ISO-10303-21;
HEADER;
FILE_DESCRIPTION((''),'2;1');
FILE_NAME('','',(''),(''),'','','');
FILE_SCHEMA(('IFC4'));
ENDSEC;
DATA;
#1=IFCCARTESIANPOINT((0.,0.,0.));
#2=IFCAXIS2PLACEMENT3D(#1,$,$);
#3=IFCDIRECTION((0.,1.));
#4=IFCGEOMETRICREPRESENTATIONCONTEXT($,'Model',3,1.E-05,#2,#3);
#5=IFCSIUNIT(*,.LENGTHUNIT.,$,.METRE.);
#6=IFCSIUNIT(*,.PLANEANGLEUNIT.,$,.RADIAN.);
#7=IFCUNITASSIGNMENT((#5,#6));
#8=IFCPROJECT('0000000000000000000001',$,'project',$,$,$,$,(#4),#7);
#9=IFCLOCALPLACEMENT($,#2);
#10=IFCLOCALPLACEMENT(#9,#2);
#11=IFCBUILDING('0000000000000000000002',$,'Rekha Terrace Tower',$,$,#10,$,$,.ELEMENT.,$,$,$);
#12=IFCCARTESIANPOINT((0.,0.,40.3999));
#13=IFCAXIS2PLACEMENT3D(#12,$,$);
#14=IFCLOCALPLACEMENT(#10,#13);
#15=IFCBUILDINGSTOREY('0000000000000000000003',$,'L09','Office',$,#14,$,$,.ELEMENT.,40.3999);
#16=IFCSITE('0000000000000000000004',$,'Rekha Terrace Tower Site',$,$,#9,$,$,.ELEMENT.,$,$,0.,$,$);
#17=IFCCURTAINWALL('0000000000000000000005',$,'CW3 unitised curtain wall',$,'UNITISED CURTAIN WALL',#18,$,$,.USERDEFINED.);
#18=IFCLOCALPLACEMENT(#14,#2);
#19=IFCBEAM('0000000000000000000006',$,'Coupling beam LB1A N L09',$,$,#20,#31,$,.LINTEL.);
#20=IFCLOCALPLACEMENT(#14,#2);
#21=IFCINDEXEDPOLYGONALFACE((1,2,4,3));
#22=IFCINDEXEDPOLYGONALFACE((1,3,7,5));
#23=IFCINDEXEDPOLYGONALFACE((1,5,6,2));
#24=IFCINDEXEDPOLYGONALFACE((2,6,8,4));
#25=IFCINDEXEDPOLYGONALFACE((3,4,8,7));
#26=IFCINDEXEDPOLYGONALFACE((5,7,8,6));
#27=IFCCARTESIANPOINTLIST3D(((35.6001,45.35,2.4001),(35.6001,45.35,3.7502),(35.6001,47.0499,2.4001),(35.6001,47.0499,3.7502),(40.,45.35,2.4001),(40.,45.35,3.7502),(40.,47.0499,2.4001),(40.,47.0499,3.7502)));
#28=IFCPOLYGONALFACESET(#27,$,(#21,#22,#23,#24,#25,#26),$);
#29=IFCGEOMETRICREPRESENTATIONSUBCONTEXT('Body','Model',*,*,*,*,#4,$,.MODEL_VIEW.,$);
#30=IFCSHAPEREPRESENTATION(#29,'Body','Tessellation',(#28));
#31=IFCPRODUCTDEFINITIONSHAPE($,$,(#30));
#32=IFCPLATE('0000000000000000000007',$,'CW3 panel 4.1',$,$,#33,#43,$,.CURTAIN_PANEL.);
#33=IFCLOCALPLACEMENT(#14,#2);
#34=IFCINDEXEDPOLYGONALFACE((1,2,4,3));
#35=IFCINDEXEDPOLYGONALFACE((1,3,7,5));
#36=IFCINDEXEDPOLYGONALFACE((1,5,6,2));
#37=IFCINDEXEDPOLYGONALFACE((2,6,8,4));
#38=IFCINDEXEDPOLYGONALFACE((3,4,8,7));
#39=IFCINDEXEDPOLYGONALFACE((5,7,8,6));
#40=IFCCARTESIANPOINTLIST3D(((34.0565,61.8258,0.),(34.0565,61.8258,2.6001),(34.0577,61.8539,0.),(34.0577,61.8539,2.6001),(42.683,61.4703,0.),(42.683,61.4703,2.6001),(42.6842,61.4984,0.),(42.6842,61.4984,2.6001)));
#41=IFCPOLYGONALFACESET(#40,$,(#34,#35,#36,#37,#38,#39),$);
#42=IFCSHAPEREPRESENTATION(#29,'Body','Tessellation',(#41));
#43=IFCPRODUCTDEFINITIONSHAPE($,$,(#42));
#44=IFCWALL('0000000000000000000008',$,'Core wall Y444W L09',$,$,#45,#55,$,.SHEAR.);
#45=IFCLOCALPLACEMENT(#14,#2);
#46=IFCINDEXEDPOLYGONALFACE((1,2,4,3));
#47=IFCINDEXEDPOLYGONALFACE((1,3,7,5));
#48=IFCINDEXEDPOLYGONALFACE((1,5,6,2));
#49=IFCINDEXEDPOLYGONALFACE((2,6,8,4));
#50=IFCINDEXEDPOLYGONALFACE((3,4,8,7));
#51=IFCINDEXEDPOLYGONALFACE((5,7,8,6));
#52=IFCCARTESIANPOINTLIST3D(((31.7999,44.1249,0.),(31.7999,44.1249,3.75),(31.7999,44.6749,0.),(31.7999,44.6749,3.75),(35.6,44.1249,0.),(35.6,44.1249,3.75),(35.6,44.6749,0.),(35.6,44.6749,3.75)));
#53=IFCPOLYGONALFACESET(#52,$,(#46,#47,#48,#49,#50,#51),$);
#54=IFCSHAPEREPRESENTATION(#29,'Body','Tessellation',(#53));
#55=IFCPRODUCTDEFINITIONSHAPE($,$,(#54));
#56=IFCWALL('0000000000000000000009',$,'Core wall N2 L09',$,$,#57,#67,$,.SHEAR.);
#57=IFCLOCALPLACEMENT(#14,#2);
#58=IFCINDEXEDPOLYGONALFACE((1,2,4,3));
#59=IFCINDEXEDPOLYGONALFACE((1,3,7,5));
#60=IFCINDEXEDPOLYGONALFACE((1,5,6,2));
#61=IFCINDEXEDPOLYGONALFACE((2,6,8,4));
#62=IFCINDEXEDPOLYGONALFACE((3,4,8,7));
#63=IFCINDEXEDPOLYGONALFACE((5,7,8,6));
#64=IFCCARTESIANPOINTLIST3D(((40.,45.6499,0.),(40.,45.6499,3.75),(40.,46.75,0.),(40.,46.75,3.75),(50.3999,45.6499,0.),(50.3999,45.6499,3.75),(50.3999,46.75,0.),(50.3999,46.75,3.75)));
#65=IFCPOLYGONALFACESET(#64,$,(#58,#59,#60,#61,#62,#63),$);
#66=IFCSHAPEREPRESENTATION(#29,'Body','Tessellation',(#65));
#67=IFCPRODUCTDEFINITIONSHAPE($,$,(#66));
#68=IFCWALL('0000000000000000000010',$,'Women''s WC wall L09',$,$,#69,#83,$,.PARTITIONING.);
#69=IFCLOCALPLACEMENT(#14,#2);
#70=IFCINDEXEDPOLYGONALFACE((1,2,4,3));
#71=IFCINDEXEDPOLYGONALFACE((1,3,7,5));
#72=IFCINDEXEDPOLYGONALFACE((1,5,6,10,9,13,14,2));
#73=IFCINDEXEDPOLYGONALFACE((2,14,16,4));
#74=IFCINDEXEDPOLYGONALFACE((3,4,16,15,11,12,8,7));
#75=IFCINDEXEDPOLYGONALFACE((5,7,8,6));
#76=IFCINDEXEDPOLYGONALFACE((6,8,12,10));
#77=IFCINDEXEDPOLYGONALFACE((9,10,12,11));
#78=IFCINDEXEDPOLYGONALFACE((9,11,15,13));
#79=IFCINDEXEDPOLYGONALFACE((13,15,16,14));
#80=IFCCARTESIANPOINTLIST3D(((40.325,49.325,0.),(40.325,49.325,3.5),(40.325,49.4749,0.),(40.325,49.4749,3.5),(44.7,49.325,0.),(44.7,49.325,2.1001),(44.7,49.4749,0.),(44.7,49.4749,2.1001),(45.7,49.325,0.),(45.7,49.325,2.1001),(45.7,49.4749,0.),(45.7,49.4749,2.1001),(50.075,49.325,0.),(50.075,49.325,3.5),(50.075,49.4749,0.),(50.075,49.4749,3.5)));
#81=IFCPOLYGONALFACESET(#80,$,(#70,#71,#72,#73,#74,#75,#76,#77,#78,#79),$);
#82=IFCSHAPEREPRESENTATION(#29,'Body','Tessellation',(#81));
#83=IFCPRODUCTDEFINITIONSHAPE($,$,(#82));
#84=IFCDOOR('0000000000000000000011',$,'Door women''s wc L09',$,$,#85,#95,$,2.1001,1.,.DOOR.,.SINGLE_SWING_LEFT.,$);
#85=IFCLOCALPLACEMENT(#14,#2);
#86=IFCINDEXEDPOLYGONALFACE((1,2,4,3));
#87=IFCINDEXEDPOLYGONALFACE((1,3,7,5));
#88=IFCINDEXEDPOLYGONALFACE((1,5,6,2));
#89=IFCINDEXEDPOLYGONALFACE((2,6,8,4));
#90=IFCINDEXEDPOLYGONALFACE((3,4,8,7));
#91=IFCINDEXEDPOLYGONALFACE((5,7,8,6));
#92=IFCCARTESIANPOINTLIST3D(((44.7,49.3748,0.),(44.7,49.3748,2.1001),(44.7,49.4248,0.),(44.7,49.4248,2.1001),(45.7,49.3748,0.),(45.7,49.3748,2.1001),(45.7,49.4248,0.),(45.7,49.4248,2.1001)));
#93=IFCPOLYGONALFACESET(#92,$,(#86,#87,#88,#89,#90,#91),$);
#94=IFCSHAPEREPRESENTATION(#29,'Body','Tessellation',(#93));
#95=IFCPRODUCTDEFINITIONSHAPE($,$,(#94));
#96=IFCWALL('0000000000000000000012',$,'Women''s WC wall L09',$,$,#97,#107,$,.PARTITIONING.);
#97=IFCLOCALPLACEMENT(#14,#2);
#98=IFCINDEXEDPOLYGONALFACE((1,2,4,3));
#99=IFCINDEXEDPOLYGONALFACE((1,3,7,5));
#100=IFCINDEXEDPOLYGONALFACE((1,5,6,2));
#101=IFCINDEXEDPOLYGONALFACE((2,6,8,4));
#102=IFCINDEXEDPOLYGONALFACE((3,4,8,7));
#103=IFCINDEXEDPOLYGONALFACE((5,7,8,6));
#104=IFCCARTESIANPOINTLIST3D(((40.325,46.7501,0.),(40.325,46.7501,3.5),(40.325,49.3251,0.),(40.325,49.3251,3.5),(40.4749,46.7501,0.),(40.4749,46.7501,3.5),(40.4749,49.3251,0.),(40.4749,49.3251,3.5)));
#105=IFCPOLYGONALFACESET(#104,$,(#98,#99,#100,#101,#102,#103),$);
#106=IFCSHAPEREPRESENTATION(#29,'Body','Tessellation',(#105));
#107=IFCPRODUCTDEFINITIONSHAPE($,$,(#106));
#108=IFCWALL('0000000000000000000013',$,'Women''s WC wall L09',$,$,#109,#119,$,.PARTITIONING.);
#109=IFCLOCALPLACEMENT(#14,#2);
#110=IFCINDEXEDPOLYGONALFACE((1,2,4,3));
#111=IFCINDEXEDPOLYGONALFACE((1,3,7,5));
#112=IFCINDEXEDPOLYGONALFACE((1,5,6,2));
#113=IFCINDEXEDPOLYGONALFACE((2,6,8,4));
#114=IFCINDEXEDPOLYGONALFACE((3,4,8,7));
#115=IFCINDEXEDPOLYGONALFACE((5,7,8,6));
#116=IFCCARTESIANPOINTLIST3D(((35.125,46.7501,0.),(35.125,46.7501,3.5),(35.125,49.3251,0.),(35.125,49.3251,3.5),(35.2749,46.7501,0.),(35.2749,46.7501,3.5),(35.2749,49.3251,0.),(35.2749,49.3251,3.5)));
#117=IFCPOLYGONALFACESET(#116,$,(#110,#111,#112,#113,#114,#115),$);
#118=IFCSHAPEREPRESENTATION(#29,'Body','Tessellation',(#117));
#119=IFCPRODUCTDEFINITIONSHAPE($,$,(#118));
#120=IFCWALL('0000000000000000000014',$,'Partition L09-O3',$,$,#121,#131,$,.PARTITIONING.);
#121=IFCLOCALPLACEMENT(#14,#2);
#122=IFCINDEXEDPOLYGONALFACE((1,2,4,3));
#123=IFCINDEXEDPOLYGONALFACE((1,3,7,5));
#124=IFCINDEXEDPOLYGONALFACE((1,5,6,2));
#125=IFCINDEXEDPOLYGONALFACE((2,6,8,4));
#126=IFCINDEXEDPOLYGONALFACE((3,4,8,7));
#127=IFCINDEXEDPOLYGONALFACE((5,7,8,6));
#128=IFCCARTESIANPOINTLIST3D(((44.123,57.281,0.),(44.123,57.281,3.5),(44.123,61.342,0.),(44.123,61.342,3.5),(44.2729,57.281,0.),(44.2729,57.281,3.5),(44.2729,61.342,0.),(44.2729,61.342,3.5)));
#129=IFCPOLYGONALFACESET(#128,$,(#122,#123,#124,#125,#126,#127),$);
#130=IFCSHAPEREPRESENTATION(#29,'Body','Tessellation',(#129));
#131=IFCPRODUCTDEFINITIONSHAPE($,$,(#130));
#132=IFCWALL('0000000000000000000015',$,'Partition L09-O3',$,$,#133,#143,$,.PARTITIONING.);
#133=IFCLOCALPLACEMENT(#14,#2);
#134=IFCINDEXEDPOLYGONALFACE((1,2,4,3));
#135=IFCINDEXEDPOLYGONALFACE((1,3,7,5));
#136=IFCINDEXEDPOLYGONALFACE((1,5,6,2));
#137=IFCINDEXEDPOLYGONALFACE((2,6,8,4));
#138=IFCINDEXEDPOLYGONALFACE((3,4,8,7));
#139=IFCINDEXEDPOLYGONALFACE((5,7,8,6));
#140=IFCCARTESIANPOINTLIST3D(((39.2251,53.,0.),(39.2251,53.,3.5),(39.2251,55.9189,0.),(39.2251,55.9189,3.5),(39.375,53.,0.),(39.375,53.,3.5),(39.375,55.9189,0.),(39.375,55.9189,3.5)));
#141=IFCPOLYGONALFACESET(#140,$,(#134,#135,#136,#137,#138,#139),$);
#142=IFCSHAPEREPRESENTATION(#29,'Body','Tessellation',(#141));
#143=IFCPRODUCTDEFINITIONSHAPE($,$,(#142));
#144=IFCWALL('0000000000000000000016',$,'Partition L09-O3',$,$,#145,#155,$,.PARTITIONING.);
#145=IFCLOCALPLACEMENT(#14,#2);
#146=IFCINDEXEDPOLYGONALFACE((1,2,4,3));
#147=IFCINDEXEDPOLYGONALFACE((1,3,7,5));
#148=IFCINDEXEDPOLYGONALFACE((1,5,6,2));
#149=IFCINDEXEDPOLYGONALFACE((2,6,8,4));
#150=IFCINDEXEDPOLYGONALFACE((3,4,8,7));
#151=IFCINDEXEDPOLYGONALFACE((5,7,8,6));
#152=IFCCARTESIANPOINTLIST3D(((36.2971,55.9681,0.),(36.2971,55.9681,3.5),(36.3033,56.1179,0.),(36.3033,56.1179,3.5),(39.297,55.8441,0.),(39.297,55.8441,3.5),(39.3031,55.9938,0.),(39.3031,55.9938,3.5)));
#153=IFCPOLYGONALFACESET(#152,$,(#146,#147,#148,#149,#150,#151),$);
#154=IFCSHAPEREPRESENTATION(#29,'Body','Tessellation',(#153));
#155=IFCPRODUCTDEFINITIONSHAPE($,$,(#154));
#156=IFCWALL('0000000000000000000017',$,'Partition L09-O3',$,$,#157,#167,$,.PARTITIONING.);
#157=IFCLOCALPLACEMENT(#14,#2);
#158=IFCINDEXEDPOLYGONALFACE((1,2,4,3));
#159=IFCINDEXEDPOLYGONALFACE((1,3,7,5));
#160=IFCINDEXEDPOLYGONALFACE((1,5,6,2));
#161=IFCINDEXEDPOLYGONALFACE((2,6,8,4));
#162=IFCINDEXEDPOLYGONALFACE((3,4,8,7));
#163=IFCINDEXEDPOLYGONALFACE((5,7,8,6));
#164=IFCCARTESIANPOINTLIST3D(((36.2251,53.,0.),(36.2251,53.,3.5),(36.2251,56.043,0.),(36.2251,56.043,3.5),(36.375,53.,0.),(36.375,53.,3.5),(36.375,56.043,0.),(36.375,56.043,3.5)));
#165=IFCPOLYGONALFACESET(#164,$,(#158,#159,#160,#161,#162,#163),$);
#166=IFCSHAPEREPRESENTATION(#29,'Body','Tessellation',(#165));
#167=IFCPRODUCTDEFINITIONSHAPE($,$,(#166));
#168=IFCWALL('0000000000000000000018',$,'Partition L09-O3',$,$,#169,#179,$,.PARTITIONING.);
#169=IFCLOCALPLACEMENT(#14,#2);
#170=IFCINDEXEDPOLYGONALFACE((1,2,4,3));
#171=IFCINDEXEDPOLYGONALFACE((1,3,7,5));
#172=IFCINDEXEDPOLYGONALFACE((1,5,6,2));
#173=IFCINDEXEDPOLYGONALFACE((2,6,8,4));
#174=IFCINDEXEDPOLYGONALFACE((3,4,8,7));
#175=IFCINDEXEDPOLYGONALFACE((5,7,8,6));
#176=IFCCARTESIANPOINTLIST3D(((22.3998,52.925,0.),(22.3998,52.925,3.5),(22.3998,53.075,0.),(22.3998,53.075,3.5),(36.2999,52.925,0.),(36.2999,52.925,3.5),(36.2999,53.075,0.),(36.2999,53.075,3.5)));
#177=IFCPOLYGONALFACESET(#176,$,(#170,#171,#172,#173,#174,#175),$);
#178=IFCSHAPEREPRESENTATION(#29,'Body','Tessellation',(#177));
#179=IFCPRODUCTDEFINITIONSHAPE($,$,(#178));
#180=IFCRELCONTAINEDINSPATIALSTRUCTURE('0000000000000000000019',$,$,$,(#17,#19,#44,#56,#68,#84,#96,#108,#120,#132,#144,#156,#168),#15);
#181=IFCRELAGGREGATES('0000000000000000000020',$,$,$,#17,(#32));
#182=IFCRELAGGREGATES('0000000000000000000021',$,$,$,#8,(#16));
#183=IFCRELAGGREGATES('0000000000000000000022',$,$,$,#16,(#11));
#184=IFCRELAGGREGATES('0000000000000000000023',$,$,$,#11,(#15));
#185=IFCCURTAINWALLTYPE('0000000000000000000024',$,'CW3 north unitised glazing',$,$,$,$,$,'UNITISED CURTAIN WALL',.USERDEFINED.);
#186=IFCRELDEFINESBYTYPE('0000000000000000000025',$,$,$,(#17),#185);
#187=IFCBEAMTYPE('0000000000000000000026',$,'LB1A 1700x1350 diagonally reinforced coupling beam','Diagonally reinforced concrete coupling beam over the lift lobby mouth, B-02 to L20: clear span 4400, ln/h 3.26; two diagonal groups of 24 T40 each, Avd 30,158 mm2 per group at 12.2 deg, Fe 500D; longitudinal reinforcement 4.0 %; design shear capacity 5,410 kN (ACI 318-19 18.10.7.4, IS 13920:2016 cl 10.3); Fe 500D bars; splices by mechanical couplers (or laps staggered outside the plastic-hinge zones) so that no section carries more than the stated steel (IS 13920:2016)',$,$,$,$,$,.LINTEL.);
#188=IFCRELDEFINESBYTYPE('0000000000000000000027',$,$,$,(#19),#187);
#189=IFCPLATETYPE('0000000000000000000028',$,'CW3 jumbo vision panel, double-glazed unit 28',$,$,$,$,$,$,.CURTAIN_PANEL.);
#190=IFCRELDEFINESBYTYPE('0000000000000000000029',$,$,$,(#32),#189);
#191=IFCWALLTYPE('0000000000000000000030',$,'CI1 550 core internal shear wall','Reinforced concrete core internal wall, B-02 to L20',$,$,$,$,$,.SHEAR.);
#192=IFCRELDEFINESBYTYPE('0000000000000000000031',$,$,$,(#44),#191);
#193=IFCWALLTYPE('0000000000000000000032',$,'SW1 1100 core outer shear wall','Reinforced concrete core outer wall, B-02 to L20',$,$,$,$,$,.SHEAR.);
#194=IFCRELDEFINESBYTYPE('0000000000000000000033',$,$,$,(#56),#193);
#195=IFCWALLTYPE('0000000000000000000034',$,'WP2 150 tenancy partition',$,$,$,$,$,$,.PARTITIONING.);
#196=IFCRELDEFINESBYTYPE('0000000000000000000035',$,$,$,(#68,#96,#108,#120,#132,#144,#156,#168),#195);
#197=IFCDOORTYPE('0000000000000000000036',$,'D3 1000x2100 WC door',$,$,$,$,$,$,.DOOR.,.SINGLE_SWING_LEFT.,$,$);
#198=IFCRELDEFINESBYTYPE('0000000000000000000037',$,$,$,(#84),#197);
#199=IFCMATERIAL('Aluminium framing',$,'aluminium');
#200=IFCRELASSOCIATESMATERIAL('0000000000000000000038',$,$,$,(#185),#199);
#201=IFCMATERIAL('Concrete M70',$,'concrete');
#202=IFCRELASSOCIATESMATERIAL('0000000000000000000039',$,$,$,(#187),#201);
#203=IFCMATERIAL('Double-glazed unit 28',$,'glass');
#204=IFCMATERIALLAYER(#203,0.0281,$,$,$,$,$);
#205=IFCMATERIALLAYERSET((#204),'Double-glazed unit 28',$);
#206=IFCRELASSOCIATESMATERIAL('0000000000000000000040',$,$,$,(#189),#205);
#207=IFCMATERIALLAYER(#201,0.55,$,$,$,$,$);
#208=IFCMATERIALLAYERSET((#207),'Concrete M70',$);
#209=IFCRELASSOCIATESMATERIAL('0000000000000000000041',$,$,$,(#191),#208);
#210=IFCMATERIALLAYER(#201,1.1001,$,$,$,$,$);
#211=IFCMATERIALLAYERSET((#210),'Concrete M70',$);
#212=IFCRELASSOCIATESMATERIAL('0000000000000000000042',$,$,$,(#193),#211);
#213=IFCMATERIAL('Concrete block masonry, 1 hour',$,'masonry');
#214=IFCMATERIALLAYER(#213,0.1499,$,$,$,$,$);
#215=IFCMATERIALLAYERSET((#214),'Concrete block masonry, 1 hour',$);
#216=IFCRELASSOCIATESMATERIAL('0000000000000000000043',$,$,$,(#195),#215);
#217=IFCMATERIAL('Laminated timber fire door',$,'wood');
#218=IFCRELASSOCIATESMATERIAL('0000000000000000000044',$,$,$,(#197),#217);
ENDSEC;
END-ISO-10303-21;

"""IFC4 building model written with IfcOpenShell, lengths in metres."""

from ifc_helpers import new_model, si_unit, direction, frame, frame_2d, origin, origin_2d, place, context, subcontext, project, spatial, rectangle, extrude, material, layer, layer_set, material_profile, profile_set, type_object, element, fill, aggregate, save


model = new_model("IFC4")

# Units and contexts
model_context = context("Model", 3, precision=1e-05, world=origin(), true_north=direction((0.0, 1.0)))
body_context = subcontext(model_context, "Body", "Model", "MODEL_VIEW")
ifc_project = project(units=[si_unit("LENGTHUNIT", "METRE"), si_unit("PLANEANGLEUNIT", "RADIAN")], contexts=[model_context])

# Site, building, storey
site_placement = place(None, origin())
site = spatial("IfcSite", under=ifc_project, at=site_placement, Name="Rekha Terrace Tower Site", CompositionType="ELEMENT", RefElevation=0.0)
building_placement = place(site_placement, origin())
building = spatial("IfcBuilding", under=site, at=building_placement, Name="Rekha Terrace Tower", CompositionType="ELEMENT")
storey_placement = place(building_placement, frame((0.0, 0.0, 40.3999)))
storey = spatial("IfcBuildingStorey", under=building, at=storey_placement, Name="L09", Description="Office", CompositionType="ELEMENT", Elevation=40.3999)

# Shared definitions
ifc_material_1 = material(Name="Concrete M70", Category="concrete")

# Curtain wall
ifc_material_2 = material(Name="Aluminium framing", Category="aluminium")
curtain_wall_type = type_object("IfcCurtainWallType", Name="CW3 north unitised glazing", ElementType="UNITISED CURTAIN WALL", PredefinedType="USERDEFINED", material=ifc_material_2)
curtain_wall_placement = place(storey_placement, origin())
curtain_wall = element("IfcCurtainWall", 1, at=curtain_wall_placement, inside=storey, type_object=curtain_wall_type, Name="CW3 unitised curtain wall", ObjectType="UNITISED CURTAIN WALL", PredefinedType="USERDEFINED")

# Beam
ifc_material_profile_1 = material_profile(ifc_material_1, rectangle(XDim=1.7, YDim=1.3501, at=origin_2d()), Name="RC 1700x1350")
ifc_profile_set_1 = profile_set([ifc_material_profile_1], Name="Concrete M70")
beam_type = type_object("IfcBeamType", Name="LB1A 1700x1350 diagonally reinforced coupling beam", Description="Diagonally reinforced concrete coupling beam over the lift lobby mouth, B-02 to L20: clear span 4400, ln/h 3.26; two diagonal groups of 24 T40 each, Avd 30,158 mm2 per group at 12.2 deg, Fe 500D; longitudinal reinforcement 4.0 %; design shear capacity 5,410 kN (ACI 318-19 18.10.7.4, IS 13920:2016 cl 10.3); Fe 500D bars; splices by mechanical couplers (or laps staggered outside the plastic-hinge zones) so that no section carries more than the stated steel (IS 13920:2016)", PredefinedType="LINTEL", material=ifc_profile_set_1)
beam_placement = place(storey_placement, frame((35.6001, 46.2, 3.0752), z_axis=(1.0, 0.0, 0.0), x_axis=(0.0, 1.0, 0.0)))
element("IfcBeam", 2, at=beam_placement, inside=storey, type_object=beam_type, Name="Coupling beam LB1A N L09", PredefinedType="LINTEL", context=body_context, shape_type="SweptSolid", body=[
    extrude(rectangle(XDim=1.7, YDim=1.3501, at=origin_2d()), origin(), (0.0, 0.0, 1.0), 4.3999),
])

# Plate
ifc_material_3 = material(Name="Double-glazed unit 28", Category="glass")
ifc_layer_1 = layer(ifc_material_3, 0.0281)
ifc_layer_set_1 = layer_set([ifc_layer_1], Name="Double-glazed unit 28")
plate_type = type_object("IfcPlateType", Name="CW3 jumbo vision panel, double-glazed unit 28", PredefinedType="CURTAIN_PANEL", material=ifc_layer_set_1)
plate_placement = place(storey_placement, frame((38.3704, 61.6621, 0.0), z_axis=(0.0, 0.0, 1.0), x_axis=(-0.999152, 0.041174, 0.0)))
plate = element("IfcPlate", 3, at=plate_placement, type_object=plate_type, Name="CW3 panel 4.1", PredefinedType="CURTAIN_PANEL", context=body_context, shape_type="SweptSolid", body=[
    extrude(rectangle(XDim=8.6338, YDim=0.0281, at=origin_2d()), origin(), (0.0, 0.0, 1.0), 2.6001),
])
aggregate(curtain_wall, [plate])

# Walls
ifc_layer_2 = layer(ifc_material_1, 0.55)
ifc_layer_set_2 = layer_set([ifc_layer_2], Name="Concrete M70")
wall_type_1 = type_object("IfcWallType", Name="CI1 550 core internal shear wall", Description="Reinforced concrete core internal wall, B-02 to L20", PredefinedType="SHEAR", material=ifc_layer_set_2)
wall_1_placement = place(storey_placement, frame((31.8, 44.3999, 0.0), z_axis=(0.0, 0.0, 1.0), x_axis=(1.0, 0.0, 0.0)))
element("IfcWall", 4, at=wall_1_placement, inside=storey, type_object=wall_type_1, Name="Core wall Y444W L09", PredefinedType="SHEAR", context=body_context, shape_type="SweptSolid", body=[
    extrude(rectangle(XDim=3.8, YDim=0.55, at=frame_2d((1.8999, 0.0))), origin(), (0.0, 0.0, 1.0), 3.75),
])
ifc_layer_3 = layer(ifc_material_1, 1.1001)
ifc_layer_set_3 = layer_set([ifc_layer_3], Name="Concrete M70")
wall_type_2 = type_object("IfcWallType", Name="SW1 1100 core outer shear wall", Description="Reinforced concrete core outer wall, B-02 to L20", PredefinedType="SHEAR", material=ifc_layer_set_3)
wall_2_placement = place(storey_placement, frame((40.0, 46.2, 0.0), z_axis=(0.0, 0.0, 1.0), x_axis=(1.0, 0.0, 0.0)))
element("IfcWall", 5, at=wall_2_placement, inside=storey, type_object=wall_type_2, Name="Core wall N2 L09", PredefinedType="SHEAR", context=body_context, shape_type="SweptSolid", body=[
    extrude(rectangle(XDim=10.3999, YDim=1.1001, at=frame_2d((5.2, 0.0))), origin(), (0.0, 0.0, 1.0), 3.75),
])

# Wall, opening, door
ifc_material_4 = material(Name="Concrete block masonry, 1 hour", Category="masonry")
ifc_layer_4 = layer(ifc_material_4, 0.1499)
ifc_layer_set_4 = layer_set([ifc_layer_4], Name="Concrete block masonry, 1 hour")
wall_type_3 = type_object("IfcWallType", Name="WP2 150 tenancy partition", PredefinedType="PARTITIONING", material=ifc_layer_set_4)
wall_3_placement = place(storey_placement, frame((40.325, 49.3999, 0.0), z_axis=(0.0, 0.0, 1.0), x_axis=(1.0, 0.0, 0.0)))
wall_3 = element("IfcWall", 6, at=wall_3_placement, inside=storey, type_object=wall_type_3, Name="Women's WC wall L09", PredefinedType="PARTITIONING", context=body_context, shape_type="SweptSolid", body=[
    extrude(rectangle(XDim=9.75, YDim=0.1499, at=frame_2d((4.875, 0.0))), origin(), (0.0, 0.0, 1.0), 3.5),
])
opening_1_placement = place(wall_3_placement, frame((4.375, 0.0, 0.0)))
opening_1 = element("IfcOpeningElement", 7, at=opening_1_placement, cuts=wall_3, PredefinedType="OPENING", context=body_context, shape_type="SweptSolid", body=[
    extrude(rectangle(XDim=1.0, YDim=2.1001, at=frame_2d((0.5, 1.05))), frame((0.0, 0.085, 0.0), z_axis=(0.0, -1.0, 0.0), x_axis=(1.0, 0.0, 0.0)), (0.0, 0.0, 1.0), 0.1699),
])
ifc_material_5 = material(Name="Laminated timber fire door", Category="wood")
door_type_1 = type_object("IfcDoorType", Name="D3 1000x2100 WC door", OperationType="SINGLE_SWING_LEFT", PredefinedType="DOOR", material=ifc_material_5)
door_1_placement = place(opening_1_placement, origin())
door_1 = element("IfcDoor", 8, at=door_1_placement, inside=storey, type_object=door_type_1, Name="Door women's wc L09", OperationType="SINGLE_SWING_LEFT", OverallHeight=2.1001, OverallWidth=1.0, PredefinedType="DOOR", context=body_context, shape_type="SweptSolid", body=[
    extrude(rectangle(XDim=1.0, YDim=2.1001, at=frame_2d((0.5, 1.05))), frame((0.0, 0.0249, 0.0), z_axis=(0.0, -1.0, 0.0), x_axis=(1.0, 0.0, 0.0)), (0.0, 0.0, 1.0), 0.05),
])
fill(opening_1, door_1)

# Walls
for number, where, z_axis, x_axis, name in (
    (9, (40.3999, 46.75, 0.0), (0.0, 0.0, 1.0), (0.0, 1.0, 0.0), "Women's WC wall L09"),
    (10, (35.2, 46.75, 0.0), (0.0, 0.0, 1.0), (0.0, 1.0, 0.0), "Women's WC wall L09"),
):
    element("IfcWall", number, at=place(storey_placement, frame(where, z_axis=z_axis, x_axis=x_axis)), inside=storey, type_object=wall_type_3, Name=name, PredefinedType="PARTITIONING", context=body_context, shape_type="SweptSolid", body=[
        extrude(rectangle(XDim=2.575, YDim=0.1499, at=frame_2d((1.2876, 0.0))), origin(), (0.0, 0.0, 1.0), 3.5),
    ])
wall_4_placement = place(storey_placement, frame((44.198, 57.281, 0.0), z_axis=(0.0, 0.0, 1.0), x_axis=(0.0, 1.0, 0.0)))
element("IfcWall", 11, at=wall_4_placement, inside=storey, type_object=wall_type_3, Name="Partition L09-O3", PredefinedType="PARTITIONING", context=body_context, shape_type="SweptSolid", body=[
    extrude(rectangle(XDim=4.061, YDim=0.1499, at=frame_2d((2.0305, 0.0))), origin(), (0.0, 0.0, 1.0), 3.5),
])
wall_5_placement = place(storey_placement, frame((39.3, 53.0, 0.0), z_axis=(0.0, 0.0, 1.0), x_axis=(0.0, 1.0, 0.0)))
element("IfcWall", 12, at=wall_5_placement, inside=storey, type_object=wall_type_3, Name="Partition L09-O3", PredefinedType="PARTITIONING", context=body_context, shape_type="SweptSolid", body=[
    extrude(rectangle(XDim=2.9189, YDim=0.1499, at=frame_2d((1.4595, 0.0))), origin(), (0.0, 0.0, 1.0), 3.5),
])
wall_6_placement = place(storey_placement, frame((39.3, 55.9189, 0.0), z_axis=(0.0, 0.0, 1.0), x_axis=(-0.999147, 0.041306, 0.0)))
element("IfcWall", 13, at=wall_6_placement, inside=storey, type_object=wall_type_3, Name="Partition L09-O3", PredefinedType="PARTITIONING", context=body_context, shape_type="SweptSolid", body=[
    extrude(rectangle(XDim=3.0024, YDim=0.1499, at=frame_2d((1.5012, 0.0))), origin(), (0.0, 0.0, 1.0), 3.5),
])
wall_7_placement = place(storey_placement, frame((36.3, 56.043, 0.0), z_axis=(0.0, 0.0, 1.0), x_axis=(0.0, -1.0, 0.0)))
element("IfcWall", 14, at=wall_7_placement, inside=storey, type_object=wall_type_3, Name="Partition L09-O3", PredefinedType="PARTITIONING", context=body_context, shape_type="SweptSolid", body=[
    extrude(rectangle(XDim=3.043, YDim=0.1499, at=frame_2d((1.5215, 0.0))), origin(), (0.0, 0.0, 1.0), 3.5),
])
wall_8_placement = place(storey_placement, frame((36.3, 53.0, 0.0), z_axis=(0.0, 0.0, 1.0), x_axis=(-1.0, 0.0, 0.0)))
element("IfcWall", 15, at=wall_8_placement, inside=storey, type_object=wall_type_3, Name="Partition L09-O3", PredefinedType="PARTITIONING", context=body_context, shape_type="SweptSolid", body=[
    extrude(rectangle(XDim=13.9001, YDim=0.1499, at=frame_2d((6.9502, 0.0))), origin(), (0.0, 0.0, 1.0), 3.5),
])

save(model, "model.ifc")
